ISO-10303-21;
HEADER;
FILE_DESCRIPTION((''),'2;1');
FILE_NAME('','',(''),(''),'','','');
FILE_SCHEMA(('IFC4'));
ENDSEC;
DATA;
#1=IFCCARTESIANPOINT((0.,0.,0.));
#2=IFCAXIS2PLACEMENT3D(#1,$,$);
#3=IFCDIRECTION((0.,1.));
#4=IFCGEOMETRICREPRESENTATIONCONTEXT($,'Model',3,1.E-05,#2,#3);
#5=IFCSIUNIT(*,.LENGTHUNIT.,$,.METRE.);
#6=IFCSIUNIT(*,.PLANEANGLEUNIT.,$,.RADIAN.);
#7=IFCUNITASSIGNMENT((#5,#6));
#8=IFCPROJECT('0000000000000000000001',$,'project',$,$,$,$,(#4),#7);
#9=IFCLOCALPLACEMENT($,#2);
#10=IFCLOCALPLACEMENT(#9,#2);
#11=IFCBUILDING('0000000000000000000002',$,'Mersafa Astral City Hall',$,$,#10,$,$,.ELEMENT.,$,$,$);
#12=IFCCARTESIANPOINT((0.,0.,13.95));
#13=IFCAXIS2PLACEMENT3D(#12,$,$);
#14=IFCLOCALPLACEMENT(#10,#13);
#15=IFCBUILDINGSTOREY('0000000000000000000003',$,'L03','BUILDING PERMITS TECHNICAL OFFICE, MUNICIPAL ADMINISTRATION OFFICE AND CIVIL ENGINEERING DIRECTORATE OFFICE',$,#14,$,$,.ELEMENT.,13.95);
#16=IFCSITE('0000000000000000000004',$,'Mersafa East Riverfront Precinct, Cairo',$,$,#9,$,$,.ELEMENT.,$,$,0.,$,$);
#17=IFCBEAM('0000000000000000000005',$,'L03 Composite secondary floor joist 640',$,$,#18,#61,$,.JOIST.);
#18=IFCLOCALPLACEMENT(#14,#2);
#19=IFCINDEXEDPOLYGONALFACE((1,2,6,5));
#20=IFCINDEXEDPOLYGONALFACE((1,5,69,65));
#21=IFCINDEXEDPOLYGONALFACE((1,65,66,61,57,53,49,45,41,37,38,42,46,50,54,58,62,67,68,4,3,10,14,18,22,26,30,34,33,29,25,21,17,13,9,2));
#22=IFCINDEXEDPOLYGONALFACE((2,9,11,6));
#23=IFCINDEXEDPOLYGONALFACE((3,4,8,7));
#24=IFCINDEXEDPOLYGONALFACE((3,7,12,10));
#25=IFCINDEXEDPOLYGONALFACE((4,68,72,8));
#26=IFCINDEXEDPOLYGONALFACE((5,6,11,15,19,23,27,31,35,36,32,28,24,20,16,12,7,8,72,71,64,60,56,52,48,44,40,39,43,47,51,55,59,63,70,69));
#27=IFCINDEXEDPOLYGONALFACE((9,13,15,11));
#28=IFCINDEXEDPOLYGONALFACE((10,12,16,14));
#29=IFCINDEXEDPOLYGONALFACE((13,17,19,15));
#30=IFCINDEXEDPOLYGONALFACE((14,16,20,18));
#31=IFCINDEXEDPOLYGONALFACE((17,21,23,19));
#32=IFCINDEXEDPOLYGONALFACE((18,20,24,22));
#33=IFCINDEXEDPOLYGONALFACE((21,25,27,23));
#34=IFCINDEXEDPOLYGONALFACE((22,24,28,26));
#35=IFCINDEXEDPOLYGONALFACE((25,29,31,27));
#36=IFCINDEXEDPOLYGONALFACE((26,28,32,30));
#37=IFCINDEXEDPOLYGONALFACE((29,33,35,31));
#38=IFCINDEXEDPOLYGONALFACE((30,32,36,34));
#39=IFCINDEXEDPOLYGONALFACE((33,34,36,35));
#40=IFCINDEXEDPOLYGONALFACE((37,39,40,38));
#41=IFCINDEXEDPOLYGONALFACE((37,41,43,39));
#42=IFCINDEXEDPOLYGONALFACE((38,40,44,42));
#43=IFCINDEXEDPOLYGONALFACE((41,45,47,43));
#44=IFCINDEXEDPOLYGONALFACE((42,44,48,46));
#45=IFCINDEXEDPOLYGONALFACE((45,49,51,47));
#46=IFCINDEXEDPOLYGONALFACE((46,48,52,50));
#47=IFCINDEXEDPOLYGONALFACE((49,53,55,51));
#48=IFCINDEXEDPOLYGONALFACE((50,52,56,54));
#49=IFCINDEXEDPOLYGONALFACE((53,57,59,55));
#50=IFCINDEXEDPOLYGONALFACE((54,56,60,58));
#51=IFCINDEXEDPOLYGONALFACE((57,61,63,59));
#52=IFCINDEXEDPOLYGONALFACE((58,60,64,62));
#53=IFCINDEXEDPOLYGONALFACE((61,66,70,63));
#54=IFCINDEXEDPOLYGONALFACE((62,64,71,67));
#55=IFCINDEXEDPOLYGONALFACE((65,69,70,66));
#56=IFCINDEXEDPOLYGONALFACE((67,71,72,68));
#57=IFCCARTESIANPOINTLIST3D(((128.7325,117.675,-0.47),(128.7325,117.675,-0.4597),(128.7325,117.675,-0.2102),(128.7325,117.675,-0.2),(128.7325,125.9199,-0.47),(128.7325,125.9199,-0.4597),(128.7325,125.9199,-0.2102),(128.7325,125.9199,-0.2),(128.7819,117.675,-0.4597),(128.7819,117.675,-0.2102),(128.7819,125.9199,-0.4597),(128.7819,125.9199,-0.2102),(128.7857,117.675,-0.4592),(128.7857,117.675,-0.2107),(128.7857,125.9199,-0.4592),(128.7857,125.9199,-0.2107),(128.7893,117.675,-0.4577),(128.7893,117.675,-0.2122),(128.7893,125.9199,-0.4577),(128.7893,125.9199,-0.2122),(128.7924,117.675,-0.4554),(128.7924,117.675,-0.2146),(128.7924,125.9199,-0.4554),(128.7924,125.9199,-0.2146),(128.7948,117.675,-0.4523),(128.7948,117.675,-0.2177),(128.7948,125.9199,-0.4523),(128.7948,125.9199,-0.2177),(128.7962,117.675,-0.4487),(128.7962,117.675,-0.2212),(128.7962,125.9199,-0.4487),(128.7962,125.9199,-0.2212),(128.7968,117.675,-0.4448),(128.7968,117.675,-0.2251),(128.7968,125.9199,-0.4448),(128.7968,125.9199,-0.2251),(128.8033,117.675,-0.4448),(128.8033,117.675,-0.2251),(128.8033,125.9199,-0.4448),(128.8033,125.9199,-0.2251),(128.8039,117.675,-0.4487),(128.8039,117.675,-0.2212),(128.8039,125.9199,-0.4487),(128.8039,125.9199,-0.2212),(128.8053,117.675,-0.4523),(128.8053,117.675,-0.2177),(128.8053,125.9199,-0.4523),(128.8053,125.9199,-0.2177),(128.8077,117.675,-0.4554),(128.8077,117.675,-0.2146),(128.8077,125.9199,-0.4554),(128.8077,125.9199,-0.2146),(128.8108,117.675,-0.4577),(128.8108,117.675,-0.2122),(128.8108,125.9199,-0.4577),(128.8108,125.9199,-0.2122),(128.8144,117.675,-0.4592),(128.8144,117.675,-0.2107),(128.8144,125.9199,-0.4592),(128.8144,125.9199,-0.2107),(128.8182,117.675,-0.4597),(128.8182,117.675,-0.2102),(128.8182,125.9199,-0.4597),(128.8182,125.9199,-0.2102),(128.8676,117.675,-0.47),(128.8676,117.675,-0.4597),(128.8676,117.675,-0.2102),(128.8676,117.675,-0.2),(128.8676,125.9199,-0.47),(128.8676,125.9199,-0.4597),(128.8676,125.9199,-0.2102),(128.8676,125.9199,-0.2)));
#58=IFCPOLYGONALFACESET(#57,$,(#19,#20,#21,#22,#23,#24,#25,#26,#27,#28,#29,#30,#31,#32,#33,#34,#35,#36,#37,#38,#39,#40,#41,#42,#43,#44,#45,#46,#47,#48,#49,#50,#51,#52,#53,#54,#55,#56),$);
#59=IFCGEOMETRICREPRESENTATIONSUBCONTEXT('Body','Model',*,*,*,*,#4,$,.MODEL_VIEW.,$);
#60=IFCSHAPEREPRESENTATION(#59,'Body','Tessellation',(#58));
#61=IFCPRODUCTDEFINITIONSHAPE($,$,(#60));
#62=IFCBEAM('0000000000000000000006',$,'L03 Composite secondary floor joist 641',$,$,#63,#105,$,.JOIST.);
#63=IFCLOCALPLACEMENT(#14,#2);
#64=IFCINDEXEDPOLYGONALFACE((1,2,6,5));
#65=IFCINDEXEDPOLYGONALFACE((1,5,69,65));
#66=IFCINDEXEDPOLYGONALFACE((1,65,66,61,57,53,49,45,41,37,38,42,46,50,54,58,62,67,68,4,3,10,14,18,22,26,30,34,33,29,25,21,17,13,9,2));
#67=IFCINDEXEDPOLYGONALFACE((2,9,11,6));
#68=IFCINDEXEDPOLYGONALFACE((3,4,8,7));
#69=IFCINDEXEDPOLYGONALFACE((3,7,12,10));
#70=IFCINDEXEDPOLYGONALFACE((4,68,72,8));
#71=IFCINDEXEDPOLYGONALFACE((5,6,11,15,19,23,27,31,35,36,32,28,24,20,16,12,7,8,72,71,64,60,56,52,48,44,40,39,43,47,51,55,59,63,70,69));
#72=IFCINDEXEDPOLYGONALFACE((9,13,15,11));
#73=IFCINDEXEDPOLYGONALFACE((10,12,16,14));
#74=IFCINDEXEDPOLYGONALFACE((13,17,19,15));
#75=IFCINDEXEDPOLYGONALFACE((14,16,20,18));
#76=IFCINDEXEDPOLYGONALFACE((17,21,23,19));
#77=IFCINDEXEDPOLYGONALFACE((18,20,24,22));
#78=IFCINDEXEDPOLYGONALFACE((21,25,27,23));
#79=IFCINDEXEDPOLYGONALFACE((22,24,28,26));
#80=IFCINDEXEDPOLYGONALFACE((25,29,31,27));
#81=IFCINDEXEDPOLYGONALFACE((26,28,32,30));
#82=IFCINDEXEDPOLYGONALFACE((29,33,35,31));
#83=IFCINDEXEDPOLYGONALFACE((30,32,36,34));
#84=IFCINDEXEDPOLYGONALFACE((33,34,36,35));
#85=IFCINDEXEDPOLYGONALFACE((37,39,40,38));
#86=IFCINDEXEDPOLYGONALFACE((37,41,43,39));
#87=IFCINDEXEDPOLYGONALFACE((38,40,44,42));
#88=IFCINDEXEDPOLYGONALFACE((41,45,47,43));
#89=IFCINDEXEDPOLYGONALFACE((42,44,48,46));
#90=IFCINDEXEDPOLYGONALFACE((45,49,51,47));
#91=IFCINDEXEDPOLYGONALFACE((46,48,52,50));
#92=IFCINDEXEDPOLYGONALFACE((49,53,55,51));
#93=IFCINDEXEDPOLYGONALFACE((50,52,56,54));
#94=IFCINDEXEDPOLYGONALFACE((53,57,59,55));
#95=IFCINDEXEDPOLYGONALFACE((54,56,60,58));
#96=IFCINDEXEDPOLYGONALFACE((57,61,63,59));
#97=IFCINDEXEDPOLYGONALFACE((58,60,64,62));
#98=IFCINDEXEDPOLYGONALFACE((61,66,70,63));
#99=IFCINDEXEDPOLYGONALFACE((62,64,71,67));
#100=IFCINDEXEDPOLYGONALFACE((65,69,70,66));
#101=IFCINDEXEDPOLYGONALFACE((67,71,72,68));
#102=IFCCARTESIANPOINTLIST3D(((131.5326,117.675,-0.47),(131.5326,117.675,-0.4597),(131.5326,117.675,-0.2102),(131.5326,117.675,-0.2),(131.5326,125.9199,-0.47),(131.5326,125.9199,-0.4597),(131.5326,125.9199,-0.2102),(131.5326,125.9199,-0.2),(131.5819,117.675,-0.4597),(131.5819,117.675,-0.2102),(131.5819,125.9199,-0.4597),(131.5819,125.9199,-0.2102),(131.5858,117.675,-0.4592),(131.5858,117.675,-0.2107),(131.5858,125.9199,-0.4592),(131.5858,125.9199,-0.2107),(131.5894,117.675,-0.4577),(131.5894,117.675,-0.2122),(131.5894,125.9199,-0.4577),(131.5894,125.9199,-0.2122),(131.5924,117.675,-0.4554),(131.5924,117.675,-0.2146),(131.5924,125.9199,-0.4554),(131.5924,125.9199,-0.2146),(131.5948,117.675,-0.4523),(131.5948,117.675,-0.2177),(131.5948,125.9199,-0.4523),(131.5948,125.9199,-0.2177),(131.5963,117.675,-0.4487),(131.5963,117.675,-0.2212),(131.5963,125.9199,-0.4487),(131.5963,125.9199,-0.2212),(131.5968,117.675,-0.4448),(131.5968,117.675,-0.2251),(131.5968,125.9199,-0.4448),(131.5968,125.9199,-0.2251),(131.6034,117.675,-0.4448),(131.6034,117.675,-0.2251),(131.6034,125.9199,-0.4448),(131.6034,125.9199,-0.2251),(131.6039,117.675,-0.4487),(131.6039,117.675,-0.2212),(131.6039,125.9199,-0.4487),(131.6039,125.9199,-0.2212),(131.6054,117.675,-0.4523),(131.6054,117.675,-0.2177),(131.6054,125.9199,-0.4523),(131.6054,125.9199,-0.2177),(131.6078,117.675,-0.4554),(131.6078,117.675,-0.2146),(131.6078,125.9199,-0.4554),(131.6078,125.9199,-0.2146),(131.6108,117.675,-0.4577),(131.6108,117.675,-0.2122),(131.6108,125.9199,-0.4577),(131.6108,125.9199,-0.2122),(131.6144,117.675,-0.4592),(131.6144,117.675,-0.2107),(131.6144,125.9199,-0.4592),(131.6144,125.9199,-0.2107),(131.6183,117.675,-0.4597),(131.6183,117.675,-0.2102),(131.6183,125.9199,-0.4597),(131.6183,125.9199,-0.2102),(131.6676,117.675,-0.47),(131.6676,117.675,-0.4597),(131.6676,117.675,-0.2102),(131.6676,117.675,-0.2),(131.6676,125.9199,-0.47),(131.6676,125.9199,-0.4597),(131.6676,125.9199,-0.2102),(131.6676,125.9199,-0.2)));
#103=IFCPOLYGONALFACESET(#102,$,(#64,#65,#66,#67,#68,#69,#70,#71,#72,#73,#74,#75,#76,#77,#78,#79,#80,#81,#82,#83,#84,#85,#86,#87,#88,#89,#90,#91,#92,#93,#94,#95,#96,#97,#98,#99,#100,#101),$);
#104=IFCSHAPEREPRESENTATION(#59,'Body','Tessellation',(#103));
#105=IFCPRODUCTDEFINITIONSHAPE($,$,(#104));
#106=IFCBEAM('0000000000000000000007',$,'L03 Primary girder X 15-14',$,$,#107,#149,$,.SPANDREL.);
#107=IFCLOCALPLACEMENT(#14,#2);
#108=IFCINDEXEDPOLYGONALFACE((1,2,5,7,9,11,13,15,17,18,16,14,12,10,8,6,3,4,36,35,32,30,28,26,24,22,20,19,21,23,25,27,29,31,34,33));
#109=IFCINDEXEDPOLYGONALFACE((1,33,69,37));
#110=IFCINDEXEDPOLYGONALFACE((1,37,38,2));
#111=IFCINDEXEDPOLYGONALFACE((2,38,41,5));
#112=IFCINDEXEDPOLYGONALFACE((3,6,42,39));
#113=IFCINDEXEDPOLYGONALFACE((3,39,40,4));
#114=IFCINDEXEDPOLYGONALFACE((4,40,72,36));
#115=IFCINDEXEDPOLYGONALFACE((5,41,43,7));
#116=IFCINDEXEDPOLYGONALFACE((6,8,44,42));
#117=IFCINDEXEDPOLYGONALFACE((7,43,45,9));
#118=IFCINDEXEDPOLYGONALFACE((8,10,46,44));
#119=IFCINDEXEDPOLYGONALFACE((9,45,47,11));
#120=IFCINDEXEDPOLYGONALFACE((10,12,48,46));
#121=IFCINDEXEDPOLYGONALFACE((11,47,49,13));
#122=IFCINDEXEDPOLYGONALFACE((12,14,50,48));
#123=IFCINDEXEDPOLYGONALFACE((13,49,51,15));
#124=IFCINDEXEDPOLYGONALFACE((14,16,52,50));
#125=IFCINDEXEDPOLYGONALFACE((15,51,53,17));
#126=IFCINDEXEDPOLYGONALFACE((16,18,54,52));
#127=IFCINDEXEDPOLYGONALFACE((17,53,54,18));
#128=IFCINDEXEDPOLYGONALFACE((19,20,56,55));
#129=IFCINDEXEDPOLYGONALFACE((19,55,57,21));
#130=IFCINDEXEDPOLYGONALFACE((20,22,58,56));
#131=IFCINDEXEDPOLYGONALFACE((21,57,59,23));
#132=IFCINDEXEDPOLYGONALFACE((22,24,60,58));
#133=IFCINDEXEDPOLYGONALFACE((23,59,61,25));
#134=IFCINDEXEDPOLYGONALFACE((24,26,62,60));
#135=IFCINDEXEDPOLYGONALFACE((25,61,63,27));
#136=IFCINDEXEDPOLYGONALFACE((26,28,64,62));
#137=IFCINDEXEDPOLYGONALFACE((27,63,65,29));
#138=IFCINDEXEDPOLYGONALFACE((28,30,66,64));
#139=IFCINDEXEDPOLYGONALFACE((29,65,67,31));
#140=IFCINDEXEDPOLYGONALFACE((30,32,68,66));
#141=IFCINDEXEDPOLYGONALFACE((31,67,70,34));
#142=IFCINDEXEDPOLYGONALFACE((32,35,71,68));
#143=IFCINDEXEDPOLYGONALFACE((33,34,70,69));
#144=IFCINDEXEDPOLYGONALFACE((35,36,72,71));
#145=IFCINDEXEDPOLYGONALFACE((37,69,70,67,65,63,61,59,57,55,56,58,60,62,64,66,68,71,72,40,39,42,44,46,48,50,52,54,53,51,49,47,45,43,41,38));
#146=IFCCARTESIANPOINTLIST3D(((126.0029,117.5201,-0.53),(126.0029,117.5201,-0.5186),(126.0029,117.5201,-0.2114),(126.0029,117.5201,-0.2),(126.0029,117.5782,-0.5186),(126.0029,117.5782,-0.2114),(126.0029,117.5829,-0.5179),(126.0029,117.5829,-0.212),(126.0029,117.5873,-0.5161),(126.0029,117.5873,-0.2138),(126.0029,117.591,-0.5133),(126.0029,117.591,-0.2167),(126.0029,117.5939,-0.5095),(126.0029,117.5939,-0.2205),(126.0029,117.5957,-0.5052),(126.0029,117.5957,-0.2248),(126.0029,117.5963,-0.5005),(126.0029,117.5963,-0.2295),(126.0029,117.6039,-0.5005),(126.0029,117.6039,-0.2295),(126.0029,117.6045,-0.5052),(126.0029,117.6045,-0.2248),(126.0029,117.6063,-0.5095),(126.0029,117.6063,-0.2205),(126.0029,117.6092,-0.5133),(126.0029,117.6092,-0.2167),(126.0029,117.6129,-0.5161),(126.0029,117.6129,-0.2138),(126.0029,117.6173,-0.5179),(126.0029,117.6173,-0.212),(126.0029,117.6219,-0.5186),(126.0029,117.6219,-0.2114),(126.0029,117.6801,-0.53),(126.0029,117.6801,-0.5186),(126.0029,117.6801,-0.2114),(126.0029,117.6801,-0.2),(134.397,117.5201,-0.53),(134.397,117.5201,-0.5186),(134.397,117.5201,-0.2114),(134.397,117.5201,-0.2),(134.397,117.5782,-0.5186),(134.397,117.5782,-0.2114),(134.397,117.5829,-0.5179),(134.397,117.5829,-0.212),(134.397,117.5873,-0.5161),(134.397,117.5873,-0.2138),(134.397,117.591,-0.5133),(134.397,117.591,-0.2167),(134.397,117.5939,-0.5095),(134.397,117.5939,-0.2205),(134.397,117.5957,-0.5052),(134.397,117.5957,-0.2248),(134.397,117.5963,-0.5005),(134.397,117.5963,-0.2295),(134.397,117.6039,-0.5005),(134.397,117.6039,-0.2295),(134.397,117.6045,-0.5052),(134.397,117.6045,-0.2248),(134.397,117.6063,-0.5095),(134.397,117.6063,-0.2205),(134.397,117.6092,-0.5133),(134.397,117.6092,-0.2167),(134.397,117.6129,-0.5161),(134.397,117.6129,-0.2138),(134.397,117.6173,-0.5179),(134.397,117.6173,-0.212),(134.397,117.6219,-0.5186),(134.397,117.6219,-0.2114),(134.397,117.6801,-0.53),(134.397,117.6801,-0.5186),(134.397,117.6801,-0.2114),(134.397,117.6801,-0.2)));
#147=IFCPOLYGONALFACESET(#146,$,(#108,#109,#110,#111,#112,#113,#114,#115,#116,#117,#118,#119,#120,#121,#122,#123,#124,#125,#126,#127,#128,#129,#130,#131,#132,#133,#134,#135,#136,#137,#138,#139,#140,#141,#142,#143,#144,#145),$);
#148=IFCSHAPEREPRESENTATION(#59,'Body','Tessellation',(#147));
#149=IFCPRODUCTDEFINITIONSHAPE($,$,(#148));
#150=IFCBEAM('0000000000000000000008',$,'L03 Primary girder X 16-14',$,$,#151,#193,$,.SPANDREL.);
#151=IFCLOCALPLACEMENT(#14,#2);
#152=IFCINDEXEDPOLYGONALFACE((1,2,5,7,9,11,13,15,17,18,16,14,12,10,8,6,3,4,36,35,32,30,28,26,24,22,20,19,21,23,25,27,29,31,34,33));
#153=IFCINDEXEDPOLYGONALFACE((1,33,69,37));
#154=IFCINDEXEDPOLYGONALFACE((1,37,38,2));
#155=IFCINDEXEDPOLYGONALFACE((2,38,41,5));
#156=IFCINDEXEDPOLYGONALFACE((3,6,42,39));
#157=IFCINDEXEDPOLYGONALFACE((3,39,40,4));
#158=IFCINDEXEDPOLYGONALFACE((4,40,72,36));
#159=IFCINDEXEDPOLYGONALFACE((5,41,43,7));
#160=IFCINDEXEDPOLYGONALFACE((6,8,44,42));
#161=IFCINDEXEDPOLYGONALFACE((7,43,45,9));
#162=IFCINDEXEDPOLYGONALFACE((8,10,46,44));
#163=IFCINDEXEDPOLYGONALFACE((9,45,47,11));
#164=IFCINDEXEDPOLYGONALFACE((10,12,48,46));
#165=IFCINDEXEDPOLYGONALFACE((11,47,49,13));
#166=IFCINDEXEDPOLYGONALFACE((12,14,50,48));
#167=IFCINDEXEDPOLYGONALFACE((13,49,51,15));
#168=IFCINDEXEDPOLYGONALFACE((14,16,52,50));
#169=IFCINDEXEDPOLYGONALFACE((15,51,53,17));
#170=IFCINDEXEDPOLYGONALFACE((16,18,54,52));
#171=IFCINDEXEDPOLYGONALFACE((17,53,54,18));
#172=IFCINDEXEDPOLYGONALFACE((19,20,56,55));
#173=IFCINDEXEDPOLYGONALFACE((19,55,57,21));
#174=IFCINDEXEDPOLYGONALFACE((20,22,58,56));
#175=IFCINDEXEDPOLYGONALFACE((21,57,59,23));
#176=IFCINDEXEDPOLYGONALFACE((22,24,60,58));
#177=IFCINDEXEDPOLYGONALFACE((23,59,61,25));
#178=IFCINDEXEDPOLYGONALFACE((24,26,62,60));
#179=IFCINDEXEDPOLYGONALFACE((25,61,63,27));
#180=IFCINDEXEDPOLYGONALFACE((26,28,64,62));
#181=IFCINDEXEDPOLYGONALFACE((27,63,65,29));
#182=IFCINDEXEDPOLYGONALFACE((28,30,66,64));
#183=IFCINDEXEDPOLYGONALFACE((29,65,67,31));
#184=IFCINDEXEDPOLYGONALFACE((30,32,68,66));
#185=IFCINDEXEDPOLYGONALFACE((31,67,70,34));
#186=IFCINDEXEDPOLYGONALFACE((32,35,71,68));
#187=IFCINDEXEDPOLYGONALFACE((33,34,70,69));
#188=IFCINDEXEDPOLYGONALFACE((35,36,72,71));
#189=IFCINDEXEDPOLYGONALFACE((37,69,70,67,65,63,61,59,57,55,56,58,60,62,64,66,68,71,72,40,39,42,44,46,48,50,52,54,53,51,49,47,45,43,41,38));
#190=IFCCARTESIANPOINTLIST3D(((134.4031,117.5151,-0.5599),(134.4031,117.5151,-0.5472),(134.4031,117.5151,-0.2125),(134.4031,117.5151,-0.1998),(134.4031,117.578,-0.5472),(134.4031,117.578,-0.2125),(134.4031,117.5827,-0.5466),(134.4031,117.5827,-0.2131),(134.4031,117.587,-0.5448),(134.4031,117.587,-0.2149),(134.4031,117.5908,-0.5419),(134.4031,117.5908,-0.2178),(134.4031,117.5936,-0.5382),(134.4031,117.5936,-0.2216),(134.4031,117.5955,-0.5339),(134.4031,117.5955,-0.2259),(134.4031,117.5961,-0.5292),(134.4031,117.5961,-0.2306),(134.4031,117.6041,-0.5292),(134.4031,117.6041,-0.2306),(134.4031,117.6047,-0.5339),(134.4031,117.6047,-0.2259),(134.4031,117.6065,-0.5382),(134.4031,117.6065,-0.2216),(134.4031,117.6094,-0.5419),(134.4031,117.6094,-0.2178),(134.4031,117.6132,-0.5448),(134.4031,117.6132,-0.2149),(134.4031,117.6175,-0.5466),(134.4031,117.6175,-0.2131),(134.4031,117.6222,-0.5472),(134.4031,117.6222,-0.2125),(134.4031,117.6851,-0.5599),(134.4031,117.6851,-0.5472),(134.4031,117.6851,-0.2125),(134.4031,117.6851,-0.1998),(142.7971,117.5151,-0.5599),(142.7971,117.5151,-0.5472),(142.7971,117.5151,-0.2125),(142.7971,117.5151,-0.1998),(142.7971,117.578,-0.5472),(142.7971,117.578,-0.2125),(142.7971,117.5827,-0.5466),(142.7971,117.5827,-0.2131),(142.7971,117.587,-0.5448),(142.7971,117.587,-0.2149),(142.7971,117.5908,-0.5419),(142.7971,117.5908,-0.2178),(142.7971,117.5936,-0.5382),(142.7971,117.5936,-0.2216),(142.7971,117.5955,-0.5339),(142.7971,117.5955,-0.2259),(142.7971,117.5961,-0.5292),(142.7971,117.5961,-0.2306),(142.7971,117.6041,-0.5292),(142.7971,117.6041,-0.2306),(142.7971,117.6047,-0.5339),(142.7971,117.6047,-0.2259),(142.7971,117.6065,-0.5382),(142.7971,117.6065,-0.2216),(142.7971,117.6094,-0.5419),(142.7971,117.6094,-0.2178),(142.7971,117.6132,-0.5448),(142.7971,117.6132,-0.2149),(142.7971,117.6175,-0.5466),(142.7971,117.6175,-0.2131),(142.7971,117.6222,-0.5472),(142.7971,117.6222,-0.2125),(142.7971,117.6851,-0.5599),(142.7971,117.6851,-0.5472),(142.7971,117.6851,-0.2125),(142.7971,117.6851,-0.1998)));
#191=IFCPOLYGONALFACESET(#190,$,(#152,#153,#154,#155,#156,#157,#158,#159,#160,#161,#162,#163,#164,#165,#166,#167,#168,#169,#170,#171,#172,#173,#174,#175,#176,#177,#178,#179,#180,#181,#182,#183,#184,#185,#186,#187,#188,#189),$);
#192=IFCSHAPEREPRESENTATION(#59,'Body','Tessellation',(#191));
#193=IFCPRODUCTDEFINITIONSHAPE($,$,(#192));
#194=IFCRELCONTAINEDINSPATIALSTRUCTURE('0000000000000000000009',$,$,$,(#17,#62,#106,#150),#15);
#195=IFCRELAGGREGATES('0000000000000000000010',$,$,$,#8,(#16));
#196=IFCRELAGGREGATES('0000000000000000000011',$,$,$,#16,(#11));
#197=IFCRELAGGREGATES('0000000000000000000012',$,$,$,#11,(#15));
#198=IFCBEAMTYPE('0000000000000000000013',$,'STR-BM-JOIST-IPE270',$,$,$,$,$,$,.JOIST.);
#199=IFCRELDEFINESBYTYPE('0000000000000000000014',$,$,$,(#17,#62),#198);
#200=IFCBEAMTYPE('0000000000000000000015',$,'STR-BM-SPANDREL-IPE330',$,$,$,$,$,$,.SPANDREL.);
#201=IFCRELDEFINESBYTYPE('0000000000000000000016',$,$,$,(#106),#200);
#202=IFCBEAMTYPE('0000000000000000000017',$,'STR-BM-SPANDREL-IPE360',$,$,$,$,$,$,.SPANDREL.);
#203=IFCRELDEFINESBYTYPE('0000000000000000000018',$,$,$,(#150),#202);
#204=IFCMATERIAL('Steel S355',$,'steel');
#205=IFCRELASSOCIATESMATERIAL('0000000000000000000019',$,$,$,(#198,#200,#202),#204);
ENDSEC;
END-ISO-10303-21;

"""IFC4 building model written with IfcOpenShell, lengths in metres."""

from ifc_helpers import new_model, si_unit, direction, frame, origin, origin_2d, place, context, subcontext, project, spatial, i_section, extrude, material, material_profile, profile_set, type_object, element, save


model = new_model("IFC4")

# Units and contexts
model_context = context("Model", 3, precision=1e-05, world=origin(), true_north=direction((0.0, 1.0)))
body_context = subcontext(model_context, "Body", "Model", "MODEL_VIEW")
ifc_project = project(units=[si_unit("LENGTHUNIT", "METRE"), si_unit("PLANEANGLEUNIT", "RADIAN")], contexts=[model_context])

# Site, building, storey
site_placement = place(None, origin())
site = spatial("IfcSite", under=ifc_project, at=site_placement, Name="Mersafa East Riverfront Precinct, Cairo", CompositionType="ELEMENT", RefElevation=0.0)
building_placement = place(site_placement, origin())
building = spatial("IfcBuilding", under=site, at=building_placement, Name="Mersafa Astral City Hall", CompositionType="ELEMENT")
storey_placement = place(building_placement, frame((0.0, 0.0, 13.95)))
storey = spatial("IfcBuildingStorey", under=building, at=storey_placement, Name="L03", Description="BUILDING PERMITS TECHNICAL OFFICE, MUNICIPAL ADMINISTRATION OFFICE AND CIVIL ENGINEERING DIRECTORATE OFFICE", CompositionType="ELEMENT", Elevation=13.95)

# Shared definitions
ifc_material_1 = material(Name="Steel S355", Category="steel")

# Beams
ifc_material_profile_1 = material_profile(ifc_material_1, i_section(OverallWidth=0.135, OverallDepth=0.27, WebThickness=0.0066, FlangeThickness=0.0103, FilletRadius=0.0149, at=origin_2d()), Name="IPE 270")
ifc_profile_set_1 = profile_set([ifc_material_profile_1], Name="Steel S355")
beam_type_1 = type_object("IfcBeamType", Name="STR-BM-JOIST-IPE270", PredefinedType="JOIST", material=ifc_profile_set_1)
for number, where, z_axis, x_axis, name in (
    (1, (128.8, 117.675, -0.335), (0.0, 1.0, 0.0), (-1.0, 0.0, 0.0), "L03 Composite secondary floor joist 640"),
    (2, (131.6001, 117.675, -0.335), (0.0, 1.0, 0.0), (-1.0, 0.0, 0.0), "L03 Composite secondary floor joist 641"),
):
    element("IfcBeam", number, at=place(storey_placement, frame(where, z_axis=z_axis, x_axis=x_axis)), inside=storey, type_object=beam_type_1, Name=name, PredefinedType="JOIST", context=body_context, shape_type="SweptSolid", body=[
        extrude(i_section(OverallWidth=0.135, OverallDepth=0.27, WebThickness=0.0066, FlangeThickness=0.0103, FilletRadius=0.0149, at=origin_2d()), origin(), (0.0, 0.0, 1.0), 8.2449),
    ])
ifc_material_profile_2 = material_profile(ifc_material_1, i_section(OverallWidth=0.1599, OverallDepth=0.3301, WebThickness=0.0076, FlangeThickness=0.0115, FilletRadius=0.0181, at=origin_2d()), Name="IPE 330")
ifc_profile_set_2 = profile_set([ifc_material_profile_2], Name="Steel S355")
beam_type_2 = type_object("IfcBeamType", Name="STR-BM-SPANDREL-IPE330", PredefinedType="SPANDREL", material=ifc_profile_set_2)
beam_1_placement = place(storey_placement, frame((126.0029, 117.6001, -0.365), z_axis=(1.0, 0.0, 0.0), x_axis=(0.0, 1.0, 0.0)))
element("IfcBeam", 3, at=beam_1_placement, inside=storey, type_object=beam_type_2, Name="L03 Primary girder X 15-14", PredefinedType="SPANDREL", context=body_context, shape_type="SweptSolid", body=[
    extrude(i_section(OverallWidth=0.1599, OverallDepth=0.3301, WebThickness=0.0076, FlangeThickness=0.0115, FilletRadius=0.0181, at=origin_2d()), origin(), (0.0, 0.0, 1.0), 8.394),
])
ifc_material_profile_3 = material_profile(ifc_material_1, i_section(OverallWidth=0.1699, OverallDepth=0.3601, WebThickness=0.0081, FlangeThickness=0.0127, FilletRadius=0.0181, at=origin_2d()), Name="IPE 360")
ifc_profile_set_3 = profile_set([ifc_material_profile_3], Name="Steel S355")
beam_type_3 = type_object("IfcBeamType", Name="STR-BM-SPANDREL-IPE360", PredefinedType="SPANDREL", material=ifc_profile_set_3)
beam_2_placement = place(storey_placement, frame((134.4031, 117.6001, -0.3799), z_axis=(1.0, 0.0, 0.0), x_axis=(0.0, 1.0, 0.0)))
element("IfcBeam", 4, at=beam_2_placement, inside=storey, type_object=beam_type_3, Name="L03 Primary girder X 16-14", PredefinedType="SPANDREL", context=body_context, shape_type="SweptSolid", body=[
    extrude(i_section(OverallWidth=0.1699, OverallDepth=0.3601, WebThickness=0.0081, FlangeThickness=0.0127, FilletRadius=0.0181, at=origin_2d()), origin(), (0.0, 0.0, 1.0), 8.394),
])

save(model, "model.ifc")
